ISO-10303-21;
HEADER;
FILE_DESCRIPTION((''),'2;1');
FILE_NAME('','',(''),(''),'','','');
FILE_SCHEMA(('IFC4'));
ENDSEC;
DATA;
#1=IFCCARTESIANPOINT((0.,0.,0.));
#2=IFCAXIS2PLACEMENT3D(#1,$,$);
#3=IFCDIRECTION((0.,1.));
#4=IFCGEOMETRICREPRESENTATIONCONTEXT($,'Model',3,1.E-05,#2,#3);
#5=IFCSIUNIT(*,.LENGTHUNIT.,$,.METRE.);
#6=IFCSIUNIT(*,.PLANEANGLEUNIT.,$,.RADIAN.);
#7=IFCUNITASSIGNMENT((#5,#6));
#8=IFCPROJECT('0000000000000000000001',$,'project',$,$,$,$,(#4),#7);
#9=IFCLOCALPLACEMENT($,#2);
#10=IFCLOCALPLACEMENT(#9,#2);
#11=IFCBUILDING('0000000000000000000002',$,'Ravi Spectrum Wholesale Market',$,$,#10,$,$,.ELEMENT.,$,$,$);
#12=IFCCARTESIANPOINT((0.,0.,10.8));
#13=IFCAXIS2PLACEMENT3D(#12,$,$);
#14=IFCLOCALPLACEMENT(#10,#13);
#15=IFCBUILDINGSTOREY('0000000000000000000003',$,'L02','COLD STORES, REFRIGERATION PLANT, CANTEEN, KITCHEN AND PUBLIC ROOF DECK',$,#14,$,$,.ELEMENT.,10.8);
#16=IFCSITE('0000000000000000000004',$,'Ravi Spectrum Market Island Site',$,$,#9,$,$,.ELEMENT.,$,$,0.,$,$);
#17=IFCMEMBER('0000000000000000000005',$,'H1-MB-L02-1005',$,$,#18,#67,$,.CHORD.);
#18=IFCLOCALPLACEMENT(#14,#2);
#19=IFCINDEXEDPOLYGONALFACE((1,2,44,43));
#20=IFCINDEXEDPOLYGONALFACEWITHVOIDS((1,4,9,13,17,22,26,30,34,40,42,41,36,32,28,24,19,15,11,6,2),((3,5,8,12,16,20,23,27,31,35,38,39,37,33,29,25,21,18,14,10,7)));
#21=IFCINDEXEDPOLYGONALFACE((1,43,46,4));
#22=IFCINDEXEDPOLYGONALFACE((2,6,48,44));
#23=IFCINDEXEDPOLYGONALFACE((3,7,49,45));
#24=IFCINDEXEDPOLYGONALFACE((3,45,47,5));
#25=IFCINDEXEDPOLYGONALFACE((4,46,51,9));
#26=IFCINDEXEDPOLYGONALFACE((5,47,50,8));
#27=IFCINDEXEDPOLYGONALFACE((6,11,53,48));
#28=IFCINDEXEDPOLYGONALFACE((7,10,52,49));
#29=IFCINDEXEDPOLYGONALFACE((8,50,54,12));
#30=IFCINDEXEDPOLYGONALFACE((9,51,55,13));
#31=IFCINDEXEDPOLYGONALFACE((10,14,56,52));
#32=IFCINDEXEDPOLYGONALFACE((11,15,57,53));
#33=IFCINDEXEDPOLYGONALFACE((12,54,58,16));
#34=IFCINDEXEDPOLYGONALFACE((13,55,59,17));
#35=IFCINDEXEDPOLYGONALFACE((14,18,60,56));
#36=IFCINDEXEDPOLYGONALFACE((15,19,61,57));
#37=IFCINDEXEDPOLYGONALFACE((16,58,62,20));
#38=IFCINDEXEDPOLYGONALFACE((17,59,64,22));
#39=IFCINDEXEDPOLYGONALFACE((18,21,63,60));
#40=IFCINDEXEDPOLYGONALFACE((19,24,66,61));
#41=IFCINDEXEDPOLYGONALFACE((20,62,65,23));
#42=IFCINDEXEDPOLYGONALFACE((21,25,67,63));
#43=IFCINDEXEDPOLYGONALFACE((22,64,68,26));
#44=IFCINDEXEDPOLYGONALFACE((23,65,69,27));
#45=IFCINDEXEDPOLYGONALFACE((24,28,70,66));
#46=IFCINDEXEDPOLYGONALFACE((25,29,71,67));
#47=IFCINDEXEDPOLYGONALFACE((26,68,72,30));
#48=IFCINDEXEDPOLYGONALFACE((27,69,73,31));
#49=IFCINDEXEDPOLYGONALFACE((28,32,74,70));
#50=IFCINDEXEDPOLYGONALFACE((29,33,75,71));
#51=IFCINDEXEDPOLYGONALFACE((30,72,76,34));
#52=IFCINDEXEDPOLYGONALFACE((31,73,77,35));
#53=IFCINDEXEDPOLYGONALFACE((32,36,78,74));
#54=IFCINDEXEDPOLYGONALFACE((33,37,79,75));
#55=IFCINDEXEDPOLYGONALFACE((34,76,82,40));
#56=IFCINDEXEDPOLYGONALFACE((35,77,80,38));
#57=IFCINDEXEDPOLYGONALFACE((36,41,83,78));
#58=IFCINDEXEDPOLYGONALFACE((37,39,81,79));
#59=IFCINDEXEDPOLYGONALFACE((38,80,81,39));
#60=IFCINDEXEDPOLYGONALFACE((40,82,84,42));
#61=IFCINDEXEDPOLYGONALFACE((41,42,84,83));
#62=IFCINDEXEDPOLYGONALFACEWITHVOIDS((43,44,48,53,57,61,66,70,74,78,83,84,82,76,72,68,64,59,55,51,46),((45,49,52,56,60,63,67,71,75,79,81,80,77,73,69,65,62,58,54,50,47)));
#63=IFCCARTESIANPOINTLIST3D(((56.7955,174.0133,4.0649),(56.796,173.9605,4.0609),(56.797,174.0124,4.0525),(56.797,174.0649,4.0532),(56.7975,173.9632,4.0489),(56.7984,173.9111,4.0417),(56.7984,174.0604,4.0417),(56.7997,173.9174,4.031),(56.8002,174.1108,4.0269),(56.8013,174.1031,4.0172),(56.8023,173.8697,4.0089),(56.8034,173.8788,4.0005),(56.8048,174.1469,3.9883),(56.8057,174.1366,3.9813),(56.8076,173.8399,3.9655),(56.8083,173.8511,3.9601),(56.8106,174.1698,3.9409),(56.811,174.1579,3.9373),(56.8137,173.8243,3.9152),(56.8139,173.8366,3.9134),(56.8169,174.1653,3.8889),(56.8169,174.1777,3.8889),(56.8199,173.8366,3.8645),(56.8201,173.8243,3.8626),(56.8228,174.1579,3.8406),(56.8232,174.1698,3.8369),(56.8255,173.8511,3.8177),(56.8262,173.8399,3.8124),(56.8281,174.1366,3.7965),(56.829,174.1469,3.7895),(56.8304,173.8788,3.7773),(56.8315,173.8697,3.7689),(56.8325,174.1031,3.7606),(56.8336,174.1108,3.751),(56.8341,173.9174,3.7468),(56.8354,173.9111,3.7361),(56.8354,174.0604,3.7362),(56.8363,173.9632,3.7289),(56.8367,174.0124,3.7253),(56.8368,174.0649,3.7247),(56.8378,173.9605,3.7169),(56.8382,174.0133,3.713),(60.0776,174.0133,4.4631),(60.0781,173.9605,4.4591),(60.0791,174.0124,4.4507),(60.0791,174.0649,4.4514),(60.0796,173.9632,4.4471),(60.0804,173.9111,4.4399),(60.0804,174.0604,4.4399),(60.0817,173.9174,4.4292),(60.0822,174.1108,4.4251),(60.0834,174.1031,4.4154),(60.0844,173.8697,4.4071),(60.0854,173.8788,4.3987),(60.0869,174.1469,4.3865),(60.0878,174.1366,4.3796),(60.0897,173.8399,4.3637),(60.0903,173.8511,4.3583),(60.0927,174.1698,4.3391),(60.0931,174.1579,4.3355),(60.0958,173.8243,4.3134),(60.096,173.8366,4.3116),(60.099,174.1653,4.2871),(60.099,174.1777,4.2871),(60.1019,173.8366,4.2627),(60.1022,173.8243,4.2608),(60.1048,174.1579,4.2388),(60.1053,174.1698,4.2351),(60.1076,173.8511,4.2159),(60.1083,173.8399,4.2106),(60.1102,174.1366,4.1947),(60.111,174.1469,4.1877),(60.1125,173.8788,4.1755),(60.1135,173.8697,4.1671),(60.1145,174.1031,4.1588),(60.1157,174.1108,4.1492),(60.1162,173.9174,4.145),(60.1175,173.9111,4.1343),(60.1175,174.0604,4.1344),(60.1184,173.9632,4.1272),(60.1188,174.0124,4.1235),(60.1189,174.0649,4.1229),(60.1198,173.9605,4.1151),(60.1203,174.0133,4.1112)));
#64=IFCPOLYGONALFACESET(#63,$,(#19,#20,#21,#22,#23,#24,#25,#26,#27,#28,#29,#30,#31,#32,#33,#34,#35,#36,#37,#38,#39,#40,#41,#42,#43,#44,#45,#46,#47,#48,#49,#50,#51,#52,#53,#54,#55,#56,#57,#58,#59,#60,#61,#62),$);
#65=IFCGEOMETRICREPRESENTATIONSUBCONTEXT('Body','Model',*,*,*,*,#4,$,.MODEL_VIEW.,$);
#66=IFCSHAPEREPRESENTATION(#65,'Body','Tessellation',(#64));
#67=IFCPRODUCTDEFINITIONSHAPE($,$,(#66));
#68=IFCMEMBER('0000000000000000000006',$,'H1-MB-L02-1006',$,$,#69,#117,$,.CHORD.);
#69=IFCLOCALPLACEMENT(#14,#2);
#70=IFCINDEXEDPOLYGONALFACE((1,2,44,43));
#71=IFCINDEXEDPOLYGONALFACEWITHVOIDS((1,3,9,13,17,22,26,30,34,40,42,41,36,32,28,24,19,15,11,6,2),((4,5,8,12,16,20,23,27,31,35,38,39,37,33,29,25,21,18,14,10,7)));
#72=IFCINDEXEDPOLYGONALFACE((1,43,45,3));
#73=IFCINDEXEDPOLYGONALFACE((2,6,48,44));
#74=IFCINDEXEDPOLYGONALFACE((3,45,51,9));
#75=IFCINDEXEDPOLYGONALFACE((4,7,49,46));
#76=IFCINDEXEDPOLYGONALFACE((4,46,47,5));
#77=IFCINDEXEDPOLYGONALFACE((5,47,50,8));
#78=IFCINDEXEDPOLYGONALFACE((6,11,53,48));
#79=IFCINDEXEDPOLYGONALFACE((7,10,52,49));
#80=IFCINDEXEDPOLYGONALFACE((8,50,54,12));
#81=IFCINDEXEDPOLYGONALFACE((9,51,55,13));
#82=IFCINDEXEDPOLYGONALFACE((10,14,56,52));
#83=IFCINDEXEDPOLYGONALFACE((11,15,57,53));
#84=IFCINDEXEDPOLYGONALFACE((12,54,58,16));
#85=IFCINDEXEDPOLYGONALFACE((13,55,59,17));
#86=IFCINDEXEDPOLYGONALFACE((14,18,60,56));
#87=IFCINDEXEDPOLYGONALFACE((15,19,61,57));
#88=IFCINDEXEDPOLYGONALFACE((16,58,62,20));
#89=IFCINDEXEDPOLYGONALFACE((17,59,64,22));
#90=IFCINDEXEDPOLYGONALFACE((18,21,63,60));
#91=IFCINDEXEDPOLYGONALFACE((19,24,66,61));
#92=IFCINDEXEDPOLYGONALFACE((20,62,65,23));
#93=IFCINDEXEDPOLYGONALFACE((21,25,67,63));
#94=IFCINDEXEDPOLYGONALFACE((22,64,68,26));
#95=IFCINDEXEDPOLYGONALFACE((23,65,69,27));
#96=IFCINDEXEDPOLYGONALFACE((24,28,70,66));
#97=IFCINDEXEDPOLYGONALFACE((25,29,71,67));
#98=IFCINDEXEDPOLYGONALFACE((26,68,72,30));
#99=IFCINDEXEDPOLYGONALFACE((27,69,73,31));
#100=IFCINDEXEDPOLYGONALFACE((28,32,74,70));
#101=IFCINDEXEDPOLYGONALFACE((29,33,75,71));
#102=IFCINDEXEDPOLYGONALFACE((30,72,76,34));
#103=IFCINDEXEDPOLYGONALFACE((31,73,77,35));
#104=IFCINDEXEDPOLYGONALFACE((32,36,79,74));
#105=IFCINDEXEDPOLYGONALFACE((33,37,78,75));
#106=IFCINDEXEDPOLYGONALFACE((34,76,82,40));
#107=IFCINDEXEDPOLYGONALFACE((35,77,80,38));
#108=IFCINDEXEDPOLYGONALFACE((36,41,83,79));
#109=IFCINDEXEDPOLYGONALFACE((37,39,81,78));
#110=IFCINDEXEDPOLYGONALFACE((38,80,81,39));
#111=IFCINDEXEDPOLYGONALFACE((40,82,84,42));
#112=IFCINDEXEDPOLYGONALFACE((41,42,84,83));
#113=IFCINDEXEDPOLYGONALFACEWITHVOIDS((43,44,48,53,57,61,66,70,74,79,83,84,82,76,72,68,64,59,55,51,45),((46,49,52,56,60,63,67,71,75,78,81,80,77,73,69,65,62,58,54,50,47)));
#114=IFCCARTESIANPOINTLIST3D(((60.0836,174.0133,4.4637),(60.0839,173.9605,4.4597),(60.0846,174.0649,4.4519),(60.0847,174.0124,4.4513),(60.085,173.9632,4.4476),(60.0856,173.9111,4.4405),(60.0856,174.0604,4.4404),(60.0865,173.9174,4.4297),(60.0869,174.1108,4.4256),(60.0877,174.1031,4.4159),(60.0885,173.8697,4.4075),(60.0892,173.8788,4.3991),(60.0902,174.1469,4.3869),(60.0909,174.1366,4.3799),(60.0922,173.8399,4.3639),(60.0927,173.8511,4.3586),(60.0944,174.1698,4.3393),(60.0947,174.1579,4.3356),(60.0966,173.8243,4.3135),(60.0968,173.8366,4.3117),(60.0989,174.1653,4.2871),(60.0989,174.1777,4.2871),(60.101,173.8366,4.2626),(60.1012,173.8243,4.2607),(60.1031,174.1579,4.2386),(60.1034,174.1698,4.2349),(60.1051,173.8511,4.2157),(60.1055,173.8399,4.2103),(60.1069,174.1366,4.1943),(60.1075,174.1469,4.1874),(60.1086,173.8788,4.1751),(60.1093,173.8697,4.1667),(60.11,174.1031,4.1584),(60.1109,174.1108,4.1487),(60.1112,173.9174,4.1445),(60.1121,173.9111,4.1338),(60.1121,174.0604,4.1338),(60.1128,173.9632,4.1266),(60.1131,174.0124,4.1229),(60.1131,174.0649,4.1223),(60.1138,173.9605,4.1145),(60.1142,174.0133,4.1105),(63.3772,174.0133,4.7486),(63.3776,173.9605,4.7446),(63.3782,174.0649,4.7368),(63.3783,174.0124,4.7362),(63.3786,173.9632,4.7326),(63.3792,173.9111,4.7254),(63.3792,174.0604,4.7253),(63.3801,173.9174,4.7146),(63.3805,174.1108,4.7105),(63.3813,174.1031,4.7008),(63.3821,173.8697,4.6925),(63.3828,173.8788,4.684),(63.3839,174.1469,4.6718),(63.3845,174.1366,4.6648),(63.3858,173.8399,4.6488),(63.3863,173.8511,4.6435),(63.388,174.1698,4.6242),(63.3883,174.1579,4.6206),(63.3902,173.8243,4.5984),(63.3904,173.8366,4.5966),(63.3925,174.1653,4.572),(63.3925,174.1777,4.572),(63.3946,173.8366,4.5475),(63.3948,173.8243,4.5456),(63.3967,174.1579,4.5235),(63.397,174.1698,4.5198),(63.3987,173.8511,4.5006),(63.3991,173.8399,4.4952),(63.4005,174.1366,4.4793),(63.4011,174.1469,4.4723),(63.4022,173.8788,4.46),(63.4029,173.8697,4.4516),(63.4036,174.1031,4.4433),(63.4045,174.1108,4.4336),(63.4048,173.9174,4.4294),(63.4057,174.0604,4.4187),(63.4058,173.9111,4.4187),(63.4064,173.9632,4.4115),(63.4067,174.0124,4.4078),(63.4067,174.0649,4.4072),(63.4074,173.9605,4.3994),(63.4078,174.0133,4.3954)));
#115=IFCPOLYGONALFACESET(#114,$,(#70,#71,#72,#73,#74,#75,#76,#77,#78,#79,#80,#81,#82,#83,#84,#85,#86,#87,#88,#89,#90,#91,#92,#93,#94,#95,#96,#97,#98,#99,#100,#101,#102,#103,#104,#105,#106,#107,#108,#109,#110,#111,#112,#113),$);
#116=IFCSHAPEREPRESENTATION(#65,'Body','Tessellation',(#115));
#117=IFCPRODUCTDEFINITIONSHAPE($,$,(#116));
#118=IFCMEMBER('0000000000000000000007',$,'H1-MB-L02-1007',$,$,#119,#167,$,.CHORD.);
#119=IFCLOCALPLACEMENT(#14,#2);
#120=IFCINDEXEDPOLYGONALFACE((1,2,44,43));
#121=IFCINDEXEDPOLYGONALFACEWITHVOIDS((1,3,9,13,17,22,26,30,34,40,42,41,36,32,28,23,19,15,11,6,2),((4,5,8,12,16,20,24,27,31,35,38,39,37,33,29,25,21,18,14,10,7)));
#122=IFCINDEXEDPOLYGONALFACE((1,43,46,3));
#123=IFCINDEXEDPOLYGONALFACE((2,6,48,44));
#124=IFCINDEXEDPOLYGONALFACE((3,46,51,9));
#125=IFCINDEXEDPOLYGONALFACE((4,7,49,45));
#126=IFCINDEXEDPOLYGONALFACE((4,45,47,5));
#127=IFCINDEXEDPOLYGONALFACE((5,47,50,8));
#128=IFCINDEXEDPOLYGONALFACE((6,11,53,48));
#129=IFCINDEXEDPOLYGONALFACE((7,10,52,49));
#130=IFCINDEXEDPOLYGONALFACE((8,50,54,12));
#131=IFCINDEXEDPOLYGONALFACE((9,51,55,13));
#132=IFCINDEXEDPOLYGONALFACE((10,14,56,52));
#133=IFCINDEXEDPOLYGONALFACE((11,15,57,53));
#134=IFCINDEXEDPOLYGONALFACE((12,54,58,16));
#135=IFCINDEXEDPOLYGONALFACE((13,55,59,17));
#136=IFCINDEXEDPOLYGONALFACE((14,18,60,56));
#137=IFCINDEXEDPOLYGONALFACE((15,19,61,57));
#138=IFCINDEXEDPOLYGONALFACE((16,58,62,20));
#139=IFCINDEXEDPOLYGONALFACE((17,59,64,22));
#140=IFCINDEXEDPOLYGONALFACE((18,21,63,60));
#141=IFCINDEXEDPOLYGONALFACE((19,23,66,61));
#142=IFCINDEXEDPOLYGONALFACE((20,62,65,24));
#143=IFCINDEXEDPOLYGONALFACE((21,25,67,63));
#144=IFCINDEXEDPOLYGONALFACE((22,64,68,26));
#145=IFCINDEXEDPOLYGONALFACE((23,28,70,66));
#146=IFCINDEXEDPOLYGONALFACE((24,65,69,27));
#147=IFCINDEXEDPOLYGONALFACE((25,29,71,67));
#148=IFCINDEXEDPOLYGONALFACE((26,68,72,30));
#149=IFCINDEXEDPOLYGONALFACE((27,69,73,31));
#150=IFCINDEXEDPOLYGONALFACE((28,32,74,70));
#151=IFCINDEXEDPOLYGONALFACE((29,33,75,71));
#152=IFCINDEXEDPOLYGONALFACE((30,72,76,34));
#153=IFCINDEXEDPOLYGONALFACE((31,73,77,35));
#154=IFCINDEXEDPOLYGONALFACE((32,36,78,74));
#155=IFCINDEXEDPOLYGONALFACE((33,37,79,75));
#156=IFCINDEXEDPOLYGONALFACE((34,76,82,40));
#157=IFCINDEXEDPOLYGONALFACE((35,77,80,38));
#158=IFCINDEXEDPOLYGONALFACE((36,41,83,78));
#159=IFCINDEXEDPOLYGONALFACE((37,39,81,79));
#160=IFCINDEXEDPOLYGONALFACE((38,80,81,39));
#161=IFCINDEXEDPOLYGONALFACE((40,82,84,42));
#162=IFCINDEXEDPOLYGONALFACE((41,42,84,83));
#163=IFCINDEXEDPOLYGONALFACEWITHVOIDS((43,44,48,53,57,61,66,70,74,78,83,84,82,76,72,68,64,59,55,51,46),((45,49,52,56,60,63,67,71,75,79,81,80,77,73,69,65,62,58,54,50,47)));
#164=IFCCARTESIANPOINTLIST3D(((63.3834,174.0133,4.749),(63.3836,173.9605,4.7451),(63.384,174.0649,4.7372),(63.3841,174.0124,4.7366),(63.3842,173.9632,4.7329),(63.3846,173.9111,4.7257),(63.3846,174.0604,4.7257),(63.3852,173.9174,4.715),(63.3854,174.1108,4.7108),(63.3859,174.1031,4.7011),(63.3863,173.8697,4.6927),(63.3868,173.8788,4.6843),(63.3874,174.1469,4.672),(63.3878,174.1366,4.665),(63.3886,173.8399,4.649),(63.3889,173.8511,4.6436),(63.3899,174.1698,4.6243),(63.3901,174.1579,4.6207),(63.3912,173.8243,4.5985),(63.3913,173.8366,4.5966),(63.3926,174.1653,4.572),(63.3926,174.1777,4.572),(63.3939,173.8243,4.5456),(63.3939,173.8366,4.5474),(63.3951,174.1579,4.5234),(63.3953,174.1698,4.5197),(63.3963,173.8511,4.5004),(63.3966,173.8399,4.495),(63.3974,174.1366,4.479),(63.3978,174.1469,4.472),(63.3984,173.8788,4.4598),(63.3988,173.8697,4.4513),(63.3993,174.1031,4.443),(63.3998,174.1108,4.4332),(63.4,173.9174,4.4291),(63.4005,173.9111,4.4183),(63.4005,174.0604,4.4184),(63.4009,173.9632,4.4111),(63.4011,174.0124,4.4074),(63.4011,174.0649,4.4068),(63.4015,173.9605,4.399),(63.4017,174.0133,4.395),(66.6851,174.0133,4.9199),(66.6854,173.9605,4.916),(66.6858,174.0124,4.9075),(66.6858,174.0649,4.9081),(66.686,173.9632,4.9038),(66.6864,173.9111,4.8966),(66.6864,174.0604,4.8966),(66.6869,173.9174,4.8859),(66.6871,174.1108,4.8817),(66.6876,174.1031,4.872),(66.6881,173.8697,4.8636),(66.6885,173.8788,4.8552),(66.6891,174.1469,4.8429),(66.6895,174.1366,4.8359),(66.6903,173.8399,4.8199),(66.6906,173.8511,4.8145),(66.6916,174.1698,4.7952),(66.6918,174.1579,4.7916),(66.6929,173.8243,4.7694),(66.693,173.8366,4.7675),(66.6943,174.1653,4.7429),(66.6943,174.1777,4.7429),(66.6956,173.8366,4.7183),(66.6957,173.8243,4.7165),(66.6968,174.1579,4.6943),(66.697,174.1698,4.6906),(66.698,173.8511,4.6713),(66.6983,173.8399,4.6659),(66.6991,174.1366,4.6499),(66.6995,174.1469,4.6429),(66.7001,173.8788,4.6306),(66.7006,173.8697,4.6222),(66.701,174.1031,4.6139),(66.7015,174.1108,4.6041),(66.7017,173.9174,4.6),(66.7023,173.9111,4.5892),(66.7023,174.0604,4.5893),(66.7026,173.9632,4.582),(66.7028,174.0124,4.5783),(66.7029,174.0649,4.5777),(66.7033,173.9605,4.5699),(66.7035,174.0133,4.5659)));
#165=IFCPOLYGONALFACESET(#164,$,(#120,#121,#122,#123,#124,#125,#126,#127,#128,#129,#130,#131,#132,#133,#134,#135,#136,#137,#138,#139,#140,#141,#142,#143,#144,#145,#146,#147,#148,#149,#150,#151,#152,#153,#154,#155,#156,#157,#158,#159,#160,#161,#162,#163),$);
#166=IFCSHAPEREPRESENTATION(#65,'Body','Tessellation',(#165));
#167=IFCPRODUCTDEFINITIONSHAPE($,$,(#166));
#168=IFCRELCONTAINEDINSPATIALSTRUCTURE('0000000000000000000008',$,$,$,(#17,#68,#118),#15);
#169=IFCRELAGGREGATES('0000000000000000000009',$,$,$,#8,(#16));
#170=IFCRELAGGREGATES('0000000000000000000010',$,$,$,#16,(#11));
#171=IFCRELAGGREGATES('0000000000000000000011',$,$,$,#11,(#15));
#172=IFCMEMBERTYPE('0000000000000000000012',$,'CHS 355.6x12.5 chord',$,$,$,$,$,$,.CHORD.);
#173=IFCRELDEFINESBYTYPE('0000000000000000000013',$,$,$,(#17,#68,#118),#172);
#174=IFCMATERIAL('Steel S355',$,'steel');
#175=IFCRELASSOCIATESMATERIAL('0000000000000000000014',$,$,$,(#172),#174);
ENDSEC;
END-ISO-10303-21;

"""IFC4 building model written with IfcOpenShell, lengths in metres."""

from ifc_helpers import new_model, si_unit, direction, frame, origin, origin_2d, place, context, subcontext, project, spatial, hollow_circle, extrude, material, material_profile, profile_set, type_object, element, save


model = new_model("IFC4")

# Units and contexts
model_context = context("Model", 3, precision=1e-05, world=origin(), true_north=direction((0.0, 1.0)))
body_context = subcontext(model_context, "Body", "Model", "MODEL_VIEW")
ifc_project = project(units=[si_unit("LENGTHUNIT", "METRE"), si_unit("PLANEANGLEUNIT", "RADIAN")], contexts=[model_context])

# Site, building, storey
site_placement = place(None, origin())
site = spatial("IfcSite", under=ifc_project, at=site_placement, Name="Ravi Spectrum Market Island Site", CompositionType="ELEMENT", RefElevation=0.0)
building_placement = place(site_placement, origin())
building = spatial("IfcBuilding", under=site, at=building_placement, Name="Ravi Spectrum Wholesale Market", CompositionType="ELEMENT")
storey_placement = place(building_placement, frame((0.0, 0.0, 10.8)))
storey = spatial("IfcBuildingStorey", under=building, at=storey_placement, Name="L02", Description="COLD STORES, REFRIGERATION PLANT, CANTEEN, KITCHEN AND PUBLIC ROOF DECK", CompositionType="ELEMENT", Elevation=10.8)

# Members
ifc_material_1 = material(Name="Steel S355", Category="steel")
ifc_material_profile_1 = material_profile(ifc_material_1, hollow_circle(Radius=0.1777, WallThickness=0.0125, at=origin_2d()))
ifc_profile_set_1 = profile_set([ifc_material_profile_1], Name="Steel S355")
member_type_1 = type_object("IfcMemberType", Name="CHS 355.6x12.5 chord", PredefinedType="CHORD", material=ifc_profile_set_1)
member_1_placement = place(storey_placement, frame((56.8169, 174.0, 3.8889), z_axis=(0.99272, 0.0, 0.120444), x_axis=(0.0, 1.0, 0.0)))
element("IfcMember", 1, at=member_1_placement, inside=storey, type_object=member_type_1, Name="H1-MB-L02-1005", PredefinedType="CHORD", context=body_context, shape_type="SweptSolid", body=[
    extrude(hollow_circle(Radius=0.1777, WallThickness=0.0125, at=origin_2d()), origin(), (0.0, 0.0, 1.0), 3.3062),
])
member_2_placement = place(storey_placement, frame((60.0989, 174.0, 4.2871), z_axis=(0.99628, 0.0, 0.08618), x_axis=(0.0, 1.0, 0.0)))
element("IfcMember", 2, at=member_2_placement, inside=storey, type_object=member_type_1, Name="H1-MB-L02-1006", PredefinedType="CHORD", context=body_context, shape_type="SweptSolid", body=[
    extrude(hollow_circle(Radius=0.1777, WallThickness=0.0125, at=origin_2d()), origin(), (0.0, 0.0, 1.0), 3.3059),
])
for number, where, z_axis, x_axis, name in (
    (3, (63.3926, 174.0, 4.572), (0.998663, 0.0, 0.051691), (0.0, 1.0, 0.0), "H1-MB-L02-1007"),
):
    element("IfcMember", number, at=place(storey_placement, frame(where, z_axis=z_axis, x_axis=x_axis)), inside=storey, type_object=member_type_1, Name=name, PredefinedType="CHORD", context=body_context, shape_type="SweptSolid", body=[
        extrude(hollow_circle(Radius=0.1777, WallThickness=0.0125, at=origin_2d()), origin(), (0.0, 0.0, 1.0), 3.3062),
    ])

save(model, "model.ifc")
